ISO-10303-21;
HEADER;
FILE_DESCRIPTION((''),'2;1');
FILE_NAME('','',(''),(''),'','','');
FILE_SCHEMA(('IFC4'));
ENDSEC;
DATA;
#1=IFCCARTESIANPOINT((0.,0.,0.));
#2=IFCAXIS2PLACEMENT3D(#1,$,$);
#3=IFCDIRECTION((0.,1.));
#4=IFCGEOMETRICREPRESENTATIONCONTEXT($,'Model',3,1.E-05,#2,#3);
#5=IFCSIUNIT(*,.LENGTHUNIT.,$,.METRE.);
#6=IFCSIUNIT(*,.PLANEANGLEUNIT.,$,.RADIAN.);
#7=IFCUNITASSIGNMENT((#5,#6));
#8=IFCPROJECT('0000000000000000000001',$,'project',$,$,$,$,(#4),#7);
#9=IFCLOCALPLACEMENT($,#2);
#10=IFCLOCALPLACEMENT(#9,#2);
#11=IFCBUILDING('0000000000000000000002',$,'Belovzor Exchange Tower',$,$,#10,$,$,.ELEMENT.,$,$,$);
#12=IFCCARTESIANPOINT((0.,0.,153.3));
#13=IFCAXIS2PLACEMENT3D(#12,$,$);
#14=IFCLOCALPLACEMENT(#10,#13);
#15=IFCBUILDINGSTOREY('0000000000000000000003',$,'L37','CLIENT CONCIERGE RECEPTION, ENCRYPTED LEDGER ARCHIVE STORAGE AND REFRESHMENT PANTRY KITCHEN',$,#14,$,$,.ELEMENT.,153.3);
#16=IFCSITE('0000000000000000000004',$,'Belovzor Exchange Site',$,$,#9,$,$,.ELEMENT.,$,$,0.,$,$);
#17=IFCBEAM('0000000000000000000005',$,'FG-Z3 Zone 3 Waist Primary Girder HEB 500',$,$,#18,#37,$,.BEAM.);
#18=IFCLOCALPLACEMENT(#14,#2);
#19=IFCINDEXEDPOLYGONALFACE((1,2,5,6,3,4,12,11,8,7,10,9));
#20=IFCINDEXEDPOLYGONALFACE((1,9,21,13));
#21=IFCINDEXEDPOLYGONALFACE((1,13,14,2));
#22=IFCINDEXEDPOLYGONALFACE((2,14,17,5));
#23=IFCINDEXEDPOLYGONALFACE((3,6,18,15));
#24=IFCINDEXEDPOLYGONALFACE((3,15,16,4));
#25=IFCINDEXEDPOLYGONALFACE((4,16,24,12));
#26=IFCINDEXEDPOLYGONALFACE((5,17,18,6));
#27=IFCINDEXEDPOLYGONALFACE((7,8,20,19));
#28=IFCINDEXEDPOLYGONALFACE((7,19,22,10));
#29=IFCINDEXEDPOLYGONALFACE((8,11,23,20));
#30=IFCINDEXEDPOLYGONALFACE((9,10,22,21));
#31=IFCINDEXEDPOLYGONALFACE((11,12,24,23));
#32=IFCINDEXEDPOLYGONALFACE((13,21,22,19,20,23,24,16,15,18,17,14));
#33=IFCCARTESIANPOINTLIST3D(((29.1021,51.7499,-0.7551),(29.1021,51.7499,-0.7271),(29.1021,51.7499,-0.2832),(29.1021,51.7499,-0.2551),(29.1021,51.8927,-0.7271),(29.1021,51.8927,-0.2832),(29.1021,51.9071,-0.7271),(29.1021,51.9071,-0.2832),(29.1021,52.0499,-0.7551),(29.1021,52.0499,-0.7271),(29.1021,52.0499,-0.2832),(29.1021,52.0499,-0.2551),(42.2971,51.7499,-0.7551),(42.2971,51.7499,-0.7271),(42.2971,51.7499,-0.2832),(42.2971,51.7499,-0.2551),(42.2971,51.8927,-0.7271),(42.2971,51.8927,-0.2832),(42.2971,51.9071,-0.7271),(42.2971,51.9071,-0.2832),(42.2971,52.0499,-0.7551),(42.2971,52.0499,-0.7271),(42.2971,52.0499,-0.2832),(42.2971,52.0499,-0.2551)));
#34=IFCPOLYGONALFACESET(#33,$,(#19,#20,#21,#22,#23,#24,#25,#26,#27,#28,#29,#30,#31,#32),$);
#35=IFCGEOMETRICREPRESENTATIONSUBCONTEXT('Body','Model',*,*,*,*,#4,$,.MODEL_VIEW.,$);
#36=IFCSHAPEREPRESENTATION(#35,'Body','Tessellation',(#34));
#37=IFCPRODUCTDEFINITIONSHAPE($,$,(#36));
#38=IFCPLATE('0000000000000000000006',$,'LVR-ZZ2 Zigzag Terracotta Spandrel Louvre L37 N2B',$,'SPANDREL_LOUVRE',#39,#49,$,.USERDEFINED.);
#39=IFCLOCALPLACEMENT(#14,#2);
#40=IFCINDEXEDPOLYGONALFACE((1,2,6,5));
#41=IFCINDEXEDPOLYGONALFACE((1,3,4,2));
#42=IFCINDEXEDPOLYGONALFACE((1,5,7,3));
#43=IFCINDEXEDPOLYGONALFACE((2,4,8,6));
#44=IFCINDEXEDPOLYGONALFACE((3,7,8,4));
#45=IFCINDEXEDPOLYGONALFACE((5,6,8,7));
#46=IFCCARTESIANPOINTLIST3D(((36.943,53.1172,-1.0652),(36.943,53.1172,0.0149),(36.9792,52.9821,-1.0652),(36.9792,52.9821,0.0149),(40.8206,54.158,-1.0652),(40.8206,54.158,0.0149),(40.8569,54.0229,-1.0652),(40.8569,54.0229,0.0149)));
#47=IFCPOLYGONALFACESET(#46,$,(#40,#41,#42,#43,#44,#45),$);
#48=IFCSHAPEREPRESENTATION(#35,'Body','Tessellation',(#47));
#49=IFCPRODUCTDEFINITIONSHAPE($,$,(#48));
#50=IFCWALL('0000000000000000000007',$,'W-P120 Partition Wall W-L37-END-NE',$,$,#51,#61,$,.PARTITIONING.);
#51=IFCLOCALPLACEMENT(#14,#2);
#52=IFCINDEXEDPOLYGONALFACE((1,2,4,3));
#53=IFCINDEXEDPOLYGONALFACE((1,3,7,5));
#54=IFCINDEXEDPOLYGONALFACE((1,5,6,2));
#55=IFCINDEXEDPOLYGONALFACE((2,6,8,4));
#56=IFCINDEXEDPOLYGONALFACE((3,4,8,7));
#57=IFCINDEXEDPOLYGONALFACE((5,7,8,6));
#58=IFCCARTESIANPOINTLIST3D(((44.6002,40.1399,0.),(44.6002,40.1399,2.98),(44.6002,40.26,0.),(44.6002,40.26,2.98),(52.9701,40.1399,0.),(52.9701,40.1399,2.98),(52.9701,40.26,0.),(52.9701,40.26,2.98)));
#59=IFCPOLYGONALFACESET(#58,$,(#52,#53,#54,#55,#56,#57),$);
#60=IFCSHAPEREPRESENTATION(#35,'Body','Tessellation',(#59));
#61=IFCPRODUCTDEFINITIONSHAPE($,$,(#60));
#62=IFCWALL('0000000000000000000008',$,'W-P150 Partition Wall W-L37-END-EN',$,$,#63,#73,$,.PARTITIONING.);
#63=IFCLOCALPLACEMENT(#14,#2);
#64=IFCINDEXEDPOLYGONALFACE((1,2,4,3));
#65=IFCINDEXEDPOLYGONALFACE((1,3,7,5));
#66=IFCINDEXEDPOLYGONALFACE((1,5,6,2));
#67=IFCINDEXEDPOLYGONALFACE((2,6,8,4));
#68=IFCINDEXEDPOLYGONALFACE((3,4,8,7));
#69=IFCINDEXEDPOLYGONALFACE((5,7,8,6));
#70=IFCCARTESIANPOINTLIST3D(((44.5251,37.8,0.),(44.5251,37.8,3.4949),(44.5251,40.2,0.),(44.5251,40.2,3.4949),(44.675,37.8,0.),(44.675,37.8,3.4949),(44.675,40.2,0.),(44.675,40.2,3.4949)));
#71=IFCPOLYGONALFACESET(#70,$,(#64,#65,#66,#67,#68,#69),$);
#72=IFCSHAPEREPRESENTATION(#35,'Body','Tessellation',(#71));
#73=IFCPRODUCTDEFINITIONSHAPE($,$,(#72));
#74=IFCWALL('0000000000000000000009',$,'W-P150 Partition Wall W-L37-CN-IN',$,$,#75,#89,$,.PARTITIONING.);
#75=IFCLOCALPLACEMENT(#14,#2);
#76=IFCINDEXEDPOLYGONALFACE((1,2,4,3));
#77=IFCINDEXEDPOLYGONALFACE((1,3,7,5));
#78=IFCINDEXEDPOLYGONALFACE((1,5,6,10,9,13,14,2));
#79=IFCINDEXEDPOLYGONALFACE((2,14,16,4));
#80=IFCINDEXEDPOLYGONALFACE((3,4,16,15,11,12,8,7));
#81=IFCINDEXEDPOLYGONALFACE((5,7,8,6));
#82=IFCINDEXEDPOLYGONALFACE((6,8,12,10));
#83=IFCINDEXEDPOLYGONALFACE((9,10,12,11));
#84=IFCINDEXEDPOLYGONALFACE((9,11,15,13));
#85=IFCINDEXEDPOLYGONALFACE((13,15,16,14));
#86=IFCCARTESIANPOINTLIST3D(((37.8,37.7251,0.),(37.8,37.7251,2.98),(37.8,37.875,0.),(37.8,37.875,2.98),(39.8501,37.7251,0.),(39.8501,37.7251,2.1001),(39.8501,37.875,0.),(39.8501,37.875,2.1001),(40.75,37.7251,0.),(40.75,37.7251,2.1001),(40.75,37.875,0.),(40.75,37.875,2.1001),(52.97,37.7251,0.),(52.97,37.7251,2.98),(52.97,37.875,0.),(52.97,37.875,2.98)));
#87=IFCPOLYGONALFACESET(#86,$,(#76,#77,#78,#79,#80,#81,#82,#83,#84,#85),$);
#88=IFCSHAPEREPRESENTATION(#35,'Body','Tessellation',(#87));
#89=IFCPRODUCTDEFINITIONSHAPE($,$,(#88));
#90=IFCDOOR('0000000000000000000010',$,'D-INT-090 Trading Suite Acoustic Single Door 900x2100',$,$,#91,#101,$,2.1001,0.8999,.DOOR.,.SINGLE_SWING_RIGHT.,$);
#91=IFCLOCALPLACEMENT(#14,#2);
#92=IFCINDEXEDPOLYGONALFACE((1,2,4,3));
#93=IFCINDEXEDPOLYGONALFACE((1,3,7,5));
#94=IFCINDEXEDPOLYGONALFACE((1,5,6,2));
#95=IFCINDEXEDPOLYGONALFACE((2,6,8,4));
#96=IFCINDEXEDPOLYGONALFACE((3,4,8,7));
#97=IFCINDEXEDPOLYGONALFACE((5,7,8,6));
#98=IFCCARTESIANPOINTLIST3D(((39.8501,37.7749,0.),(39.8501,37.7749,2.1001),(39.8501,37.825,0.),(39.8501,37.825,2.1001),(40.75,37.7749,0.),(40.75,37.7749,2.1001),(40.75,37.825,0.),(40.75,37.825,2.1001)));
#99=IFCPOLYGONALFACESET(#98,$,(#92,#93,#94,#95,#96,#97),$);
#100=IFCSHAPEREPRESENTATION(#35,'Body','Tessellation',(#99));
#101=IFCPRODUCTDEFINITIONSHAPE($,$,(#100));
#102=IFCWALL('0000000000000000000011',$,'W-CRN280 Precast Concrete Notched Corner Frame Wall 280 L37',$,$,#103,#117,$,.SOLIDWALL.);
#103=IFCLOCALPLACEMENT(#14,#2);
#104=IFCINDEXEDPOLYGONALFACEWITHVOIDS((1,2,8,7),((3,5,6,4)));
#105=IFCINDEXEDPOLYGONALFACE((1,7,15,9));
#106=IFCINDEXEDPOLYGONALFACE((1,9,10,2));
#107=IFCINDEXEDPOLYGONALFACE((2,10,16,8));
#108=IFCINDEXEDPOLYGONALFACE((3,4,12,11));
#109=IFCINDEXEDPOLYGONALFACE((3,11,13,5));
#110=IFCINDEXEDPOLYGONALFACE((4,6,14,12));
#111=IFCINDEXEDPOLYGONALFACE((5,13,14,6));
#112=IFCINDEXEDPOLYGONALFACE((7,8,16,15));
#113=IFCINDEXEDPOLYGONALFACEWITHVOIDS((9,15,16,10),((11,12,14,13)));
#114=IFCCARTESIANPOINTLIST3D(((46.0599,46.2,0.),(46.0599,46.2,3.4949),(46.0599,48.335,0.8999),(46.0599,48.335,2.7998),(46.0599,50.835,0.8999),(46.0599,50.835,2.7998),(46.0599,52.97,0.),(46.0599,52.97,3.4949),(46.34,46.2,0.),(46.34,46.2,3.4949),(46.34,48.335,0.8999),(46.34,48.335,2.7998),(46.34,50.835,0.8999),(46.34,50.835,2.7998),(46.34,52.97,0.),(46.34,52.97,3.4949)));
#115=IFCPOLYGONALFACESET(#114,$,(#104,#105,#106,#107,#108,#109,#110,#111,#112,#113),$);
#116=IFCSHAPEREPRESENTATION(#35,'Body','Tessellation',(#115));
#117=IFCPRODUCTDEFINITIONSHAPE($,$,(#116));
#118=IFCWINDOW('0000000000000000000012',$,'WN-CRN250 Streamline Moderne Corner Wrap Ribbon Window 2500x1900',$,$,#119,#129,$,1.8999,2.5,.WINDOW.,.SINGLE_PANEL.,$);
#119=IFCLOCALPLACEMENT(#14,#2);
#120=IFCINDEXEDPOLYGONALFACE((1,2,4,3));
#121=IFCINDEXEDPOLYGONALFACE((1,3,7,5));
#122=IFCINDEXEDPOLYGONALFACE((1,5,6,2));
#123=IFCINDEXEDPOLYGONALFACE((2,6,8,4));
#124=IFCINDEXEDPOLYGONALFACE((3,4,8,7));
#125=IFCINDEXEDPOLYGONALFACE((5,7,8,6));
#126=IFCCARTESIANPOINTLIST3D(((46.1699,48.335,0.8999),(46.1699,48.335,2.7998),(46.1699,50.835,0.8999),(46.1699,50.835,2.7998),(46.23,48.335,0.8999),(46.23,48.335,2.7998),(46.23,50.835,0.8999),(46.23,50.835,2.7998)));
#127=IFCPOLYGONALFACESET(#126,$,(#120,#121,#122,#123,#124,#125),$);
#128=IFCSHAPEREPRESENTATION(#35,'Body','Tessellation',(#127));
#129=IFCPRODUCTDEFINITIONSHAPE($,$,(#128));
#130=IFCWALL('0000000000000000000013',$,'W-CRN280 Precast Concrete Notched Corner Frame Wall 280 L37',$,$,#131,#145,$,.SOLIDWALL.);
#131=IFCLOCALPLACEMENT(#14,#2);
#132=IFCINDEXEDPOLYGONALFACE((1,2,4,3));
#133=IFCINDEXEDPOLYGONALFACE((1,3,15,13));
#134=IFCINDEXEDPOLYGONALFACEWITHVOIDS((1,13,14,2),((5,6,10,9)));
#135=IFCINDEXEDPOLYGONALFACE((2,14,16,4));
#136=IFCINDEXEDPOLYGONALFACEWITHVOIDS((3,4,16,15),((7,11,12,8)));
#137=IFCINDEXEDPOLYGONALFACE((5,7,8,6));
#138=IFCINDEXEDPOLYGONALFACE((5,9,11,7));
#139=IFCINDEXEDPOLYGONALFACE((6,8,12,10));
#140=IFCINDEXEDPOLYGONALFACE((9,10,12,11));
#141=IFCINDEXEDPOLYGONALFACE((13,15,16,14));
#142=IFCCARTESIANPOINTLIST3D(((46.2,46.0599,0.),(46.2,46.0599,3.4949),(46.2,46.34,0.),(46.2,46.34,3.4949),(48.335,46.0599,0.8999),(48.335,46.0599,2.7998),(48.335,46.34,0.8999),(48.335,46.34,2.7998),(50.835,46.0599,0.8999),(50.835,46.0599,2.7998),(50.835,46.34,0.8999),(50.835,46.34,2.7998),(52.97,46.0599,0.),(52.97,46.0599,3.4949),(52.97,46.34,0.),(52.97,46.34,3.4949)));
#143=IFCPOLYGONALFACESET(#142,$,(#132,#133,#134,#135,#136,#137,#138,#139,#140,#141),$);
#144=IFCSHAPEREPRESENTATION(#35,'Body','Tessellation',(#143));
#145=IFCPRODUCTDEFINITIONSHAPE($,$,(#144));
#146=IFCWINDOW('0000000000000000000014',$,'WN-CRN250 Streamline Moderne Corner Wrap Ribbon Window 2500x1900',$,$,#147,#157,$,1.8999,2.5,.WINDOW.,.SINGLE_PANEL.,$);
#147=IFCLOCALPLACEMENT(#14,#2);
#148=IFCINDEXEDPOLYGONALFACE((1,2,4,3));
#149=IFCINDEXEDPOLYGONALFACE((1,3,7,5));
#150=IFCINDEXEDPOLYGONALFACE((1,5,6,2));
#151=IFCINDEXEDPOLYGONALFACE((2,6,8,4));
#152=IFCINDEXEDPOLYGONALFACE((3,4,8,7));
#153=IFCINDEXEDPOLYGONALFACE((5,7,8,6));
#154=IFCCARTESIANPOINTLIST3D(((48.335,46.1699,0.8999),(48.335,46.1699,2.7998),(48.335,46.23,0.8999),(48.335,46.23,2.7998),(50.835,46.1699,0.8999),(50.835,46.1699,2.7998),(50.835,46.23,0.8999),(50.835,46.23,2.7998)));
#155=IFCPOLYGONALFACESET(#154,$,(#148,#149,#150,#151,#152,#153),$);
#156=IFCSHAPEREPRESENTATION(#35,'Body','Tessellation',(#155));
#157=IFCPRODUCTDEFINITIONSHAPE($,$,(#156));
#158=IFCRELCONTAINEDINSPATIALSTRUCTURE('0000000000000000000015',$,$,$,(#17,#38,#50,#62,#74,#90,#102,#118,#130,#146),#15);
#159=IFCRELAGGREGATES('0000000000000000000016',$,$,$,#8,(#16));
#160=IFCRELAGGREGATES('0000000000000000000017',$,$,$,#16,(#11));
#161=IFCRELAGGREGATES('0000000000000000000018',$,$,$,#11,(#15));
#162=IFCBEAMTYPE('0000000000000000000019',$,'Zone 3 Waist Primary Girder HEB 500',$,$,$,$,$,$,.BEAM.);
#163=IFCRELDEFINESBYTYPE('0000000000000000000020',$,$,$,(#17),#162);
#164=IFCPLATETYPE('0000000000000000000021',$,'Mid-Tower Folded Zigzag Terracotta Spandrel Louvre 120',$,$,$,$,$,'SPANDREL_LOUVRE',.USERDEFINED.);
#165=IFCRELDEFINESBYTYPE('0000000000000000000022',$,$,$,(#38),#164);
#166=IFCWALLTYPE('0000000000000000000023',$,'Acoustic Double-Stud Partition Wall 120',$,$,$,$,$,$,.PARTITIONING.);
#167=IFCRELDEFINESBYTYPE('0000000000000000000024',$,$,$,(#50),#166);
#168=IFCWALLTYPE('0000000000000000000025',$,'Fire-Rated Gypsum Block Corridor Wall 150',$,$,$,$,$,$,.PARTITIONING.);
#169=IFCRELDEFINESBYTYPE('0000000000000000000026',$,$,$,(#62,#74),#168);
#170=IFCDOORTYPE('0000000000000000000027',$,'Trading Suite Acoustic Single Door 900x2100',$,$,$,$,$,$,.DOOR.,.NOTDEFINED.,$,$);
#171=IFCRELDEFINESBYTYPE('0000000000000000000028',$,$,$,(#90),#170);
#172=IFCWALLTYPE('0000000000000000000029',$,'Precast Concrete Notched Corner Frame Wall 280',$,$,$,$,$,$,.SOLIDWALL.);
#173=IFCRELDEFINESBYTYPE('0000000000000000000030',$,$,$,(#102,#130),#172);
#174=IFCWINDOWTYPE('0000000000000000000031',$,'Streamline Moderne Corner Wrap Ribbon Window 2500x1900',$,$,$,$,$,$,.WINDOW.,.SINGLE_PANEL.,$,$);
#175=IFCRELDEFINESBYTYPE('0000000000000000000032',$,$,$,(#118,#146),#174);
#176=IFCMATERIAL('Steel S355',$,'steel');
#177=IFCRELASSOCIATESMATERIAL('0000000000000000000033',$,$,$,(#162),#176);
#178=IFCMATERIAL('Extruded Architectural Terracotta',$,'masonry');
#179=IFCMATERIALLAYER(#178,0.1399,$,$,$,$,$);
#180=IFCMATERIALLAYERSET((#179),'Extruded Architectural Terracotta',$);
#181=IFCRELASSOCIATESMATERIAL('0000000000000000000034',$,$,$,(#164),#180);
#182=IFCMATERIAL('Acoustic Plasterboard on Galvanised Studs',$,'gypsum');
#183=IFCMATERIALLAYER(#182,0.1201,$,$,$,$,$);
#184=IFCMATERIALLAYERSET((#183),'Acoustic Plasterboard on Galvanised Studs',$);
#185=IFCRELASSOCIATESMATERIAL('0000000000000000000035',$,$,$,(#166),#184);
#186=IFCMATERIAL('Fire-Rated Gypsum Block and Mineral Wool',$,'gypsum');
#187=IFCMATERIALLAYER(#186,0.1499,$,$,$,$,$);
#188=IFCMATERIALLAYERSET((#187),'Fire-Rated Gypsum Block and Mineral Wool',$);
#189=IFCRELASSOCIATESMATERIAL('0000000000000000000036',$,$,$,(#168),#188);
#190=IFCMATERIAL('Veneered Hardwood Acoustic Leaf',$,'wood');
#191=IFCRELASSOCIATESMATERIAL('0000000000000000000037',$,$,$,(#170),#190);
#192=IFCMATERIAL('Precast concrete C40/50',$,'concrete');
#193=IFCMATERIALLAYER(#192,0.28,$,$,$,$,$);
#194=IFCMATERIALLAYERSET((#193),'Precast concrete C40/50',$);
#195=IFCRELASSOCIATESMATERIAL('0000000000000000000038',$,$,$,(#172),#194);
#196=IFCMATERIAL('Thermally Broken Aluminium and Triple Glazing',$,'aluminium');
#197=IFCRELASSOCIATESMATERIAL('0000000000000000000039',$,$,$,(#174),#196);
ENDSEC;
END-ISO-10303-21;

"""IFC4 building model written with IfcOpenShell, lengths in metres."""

from ifc_helpers import new_model, si_unit, direction, frame, frame_2d, origin, origin_2d, place, context, subcontext, project, spatial, rectangle, i_section, extrude, material, layer, layer_set, material_profile, profile_set, type_object, element, fill, save


model = new_model("IFC4")

# Units and contexts
model_context = context("Model", 3, precision=1e-05, world=origin(), true_north=direction((0.0, 1.0)))
body_context = subcontext(model_context, "Body", "Model", "MODEL_VIEW")
ifc_project = project(units=[si_unit("LENGTHUNIT", "METRE"), si_unit("PLANEANGLEUNIT", "RADIAN")], contexts=[model_context])

# Site, building, storey
site_placement = place(None, origin())
site = spatial("IfcSite", under=ifc_project, at=site_placement, Name="Belovzor Exchange Site", CompositionType="ELEMENT", RefElevation=0.0)
building_placement = place(site_placement, origin())
building = spatial("IfcBuilding", under=site, at=building_placement, Name="Belovzor Exchange Tower", CompositionType="ELEMENT")
storey_placement = place(building_placement, frame((0.0, 0.0, 153.3)))
storey = spatial("IfcBuildingStorey", under=building, at=storey_placement, Name="L37", Description="CLIENT CONCIERGE RECEPTION, ENCRYPTED LEDGER ARCHIVE STORAGE AND REFRESHMENT PANTRY KITCHEN", CompositionType="ELEMENT", Elevation=153.3)

# Beam
ifc_material_1 = material(Name="Steel S355", Category="steel")
ifc_material_profile_1 = material_profile(ifc_material_1, i_section(OverallWidth=0.3, OverallDepth=0.5, WebThickness=0.0144, FlangeThickness=0.0281, at=origin_2d()))
ifc_profile_set_1 = profile_set([ifc_material_profile_1], Name="Steel S355")
beam_type_1 = type_object("IfcBeamType", Name="Zone 3 Waist Primary Girder HEB 500", PredefinedType="BEAM", material=ifc_profile_set_1)
beam_1_placement = place(storey_placement, frame((42.2971, 51.8999, -0.5051), z_axis=(-1.0, 0.0, 0.0), x_axis=(0.0, -1.0, 0.0)))
element("IfcBeam", 1, at=beam_1_placement, inside=storey, type_object=beam_type_1, Name="FG-Z3 Zone 3 Waist Primary Girder HEB 500", PredefinedType="BEAM", context=body_context, shape_type="SweptSolid", body=[
    extrude(i_section(OverallWidth=0.3, OverallDepth=0.5, WebThickness=0.0144, FlangeThickness=0.0281, at=origin_2d()), origin(), (0.0, 0.0, 1.0), 13.1951),
])

# Plate
ifc_material_2 = material(Name="Extruded Architectural Terracotta", Category="masonry")
ifc_layer_1 = layer(ifc_material_2, 0.1399)
ifc_layer_set_1 = layer_set([ifc_layer_1], Name="Extruded Architectural Terracotta")
plate_type = type_object("IfcPlateType", Name="Mid-Tower Folded Zigzag Terracotta Spandrel Louvre 120", ElementType="SPANDREL_LOUVRE", PredefinedType="USERDEFINED", material=ifc_layer_set_1)
plate_placement = place(storey_placement, frame((38.8999, 53.5701, -1.0652), z_axis=(0.0, 0.0, 1.0), x_axis=(0.965813, 0.25924, 0.0)))
element("IfcPlate", 2, at=plate_placement, inside=storey, type_object=plate_type, Name="LVR-ZZ2 Zigzag Terracotta Spandrel Louvre L37 N2B", ObjectType="SPANDREL_LOUVRE", PredefinedType="USERDEFINED", context=body_context, shape_type="SweptSolid", body=[
    extrude(rectangle(XDim=4.0149, YDim=0.1399, at=origin_2d()), origin(), (0.0, 0.0, 1.0), 1.0801),
])

# Walls
ifc_material_3 = material(Name="Acoustic Plasterboard on Galvanised Studs", Category="gypsum")
ifc_layer_2 = layer(ifc_material_3, 0.1201)
ifc_layer_set_2 = layer_set([ifc_layer_2], Name="Acoustic Plasterboard on Galvanised Studs")
wall_type_1 = type_object("IfcWallType", Name="Acoustic Double-Stud Partition Wall 120", PredefinedType="PARTITIONING", material=ifc_layer_set_2)
wall_1_placement = place(storey_placement, frame((44.6001, 40.2, 0.0), z_axis=(0.0, 0.0, 1.0), x_axis=(1.0, 0.0, 0.0)))
element("IfcWall", 3, at=wall_1_placement, inside=storey, type_object=wall_type_1, Name="W-P120 Partition Wall W-L37-END-NE", PredefinedType="PARTITIONING", context=body_context, shape_type="SweptSolid", body=[
    extrude(rectangle(XDim=8.3699, YDim=0.1201, at=frame_2d((4.1851, 0.0))), origin(), (0.0, 0.0, 1.0), 2.98),
])
ifc_material_4 = material(Name="Fire-Rated Gypsum Block and Mineral Wool", Category="gypsum")
ifc_layer_3 = layer(ifc_material_4, 0.1499)
ifc_layer_set_3 = layer_set([ifc_layer_3], Name="Fire-Rated Gypsum Block and Mineral Wool")
wall_type_2 = type_object("IfcWallType", Name="Fire-Rated Gypsum Block Corridor Wall 150", PredefinedType="PARTITIONING", material=ifc_layer_set_3)
wall_2_placement = place(storey_placement, frame((44.6001, 37.8, 0.0), z_axis=(0.0, 0.0, 1.0), x_axis=(0.0, 1.0, 0.0)))
element("IfcWall", 4, at=wall_2_placement, inside=storey, type_object=wall_type_2, Name="W-P150 Partition Wall W-L37-END-EN", PredefinedType="PARTITIONING", context=body_context, shape_type="SweptSolid", body=[
    extrude(rectangle(XDim=2.3999, YDim=0.1499, at=frame_2d((1.2, 0.0))), origin(), (0.0, 0.0, 1.0), 3.4949),
])

# Wall, opening, door
wall_3_placement = place(storey_placement, frame((37.8, 37.8, 0.0), z_axis=(0.0, 0.0, 1.0), x_axis=(1.0, 0.0, 0.0)))
wall_3 = element("IfcWall", 5, at=wall_3_placement, inside=storey, type_object=wall_type_2, Name="W-P150 Partition Wall W-L37-CN-IN", PredefinedType="PARTITIONING", context=body_context, shape_type="SweptSolid", body=[
    extrude(rectangle(XDim=15.1699, YDim=0.1499, at=frame_2d((7.585, 0.0))), origin(), (0.0, 0.0, 1.0), 2.98),
])
opening_1_placement = place(wall_3_placement, frame((2.05, 0.0, 0.0)))
opening_1 = element("IfcOpeningElement", 6, at=opening_1_placement, cuts=wall_3, PredefinedType="OPENING", context=body_context, shape_type="SweptSolid", body=[
    extrude(rectangle(XDim=0.8999, YDim=2.1001, at=frame_2d((0.45, 1.05))), frame((0.0, 0.085, 0.0), z_axis=(0.0, -1.0, 0.0), x_axis=(1.0, 0.0, 0.0)), (0.0, 0.0, 1.0), 0.1699),
])
ifc_material_5 = material(Name="Veneered Hardwood Acoustic Leaf", Category="wood")
door_type_1 = type_object("IfcDoorType", Name="Trading Suite Acoustic Single Door 900x2100", OperationType="NOTDEFINED", PredefinedType="DOOR", material=ifc_material_5)
door_1_placement = place(opening_1_placement, origin())
door_1 = element("IfcDoor", 7, at=door_1_placement, inside=storey, type_object=door_type_1, Name="D-INT-090 Trading Suite Acoustic Single Door 900x2100", OperationType="SINGLE_SWING_RIGHT", OverallHeight=2.1001, OverallWidth=0.8999, PredefinedType="DOOR", context=body_context, shape_type="SweptSolid", body=[
    extrude(rectangle(XDim=0.8999, YDim=2.1001, at=frame_2d((0.45, 1.05))), frame((0.0, 0.0249, 0.0), z_axis=(0.0, -1.0, 0.0), x_axis=(1.0, 0.0, 0.0)), (0.0, 0.0, 1.0), 0.05),
])
fill(opening_1, door_1)

# Walls, openings, windows
ifc_material_6 = material(Name="Precast concrete C40/50", Category="concrete")
ifc_layer_4 = layer(ifc_material_6, 0.28)
ifc_layer_set_4 = layer_set([ifc_layer_4], Name="Precast concrete C40/50")
wall_type_3 = type_object("IfcWallType", Name="Precast Concrete Notched Corner Frame Wall 280", PredefinedType="SOLIDWALL", material=ifc_layer_set_4)
wall_4_placement = place(storey_placement, frame((46.2, 52.97, 0.0), z_axis=(0.0, 0.0, 1.0), x_axis=(0.0, -1.0, 0.0)))
wall_4 = element("IfcWall", 8, at=wall_4_placement, inside=storey, type_object=wall_type_3, Name="W-CRN280 Precast Concrete Notched Corner Frame Wall 280 L37", PredefinedType="SOLIDWALL", context=body_context, shape_type="SweptSolid", body=[
    extrude(rectangle(XDim=6.77, YDim=0.28, at=frame_2d((3.385, 0.0))), origin(), (0.0, 0.0, 1.0), 3.4949),
])
opening_2_placement = place(wall_4_placement, frame((2.135, 0.0, 0.8999)))
opening_2 = element("IfcOpeningElement", 9, at=opening_2_placement, cuts=wall_4, PredefinedType="OPENING", context=body_context, shape_type="SweptSolid", body=[
    extrude(rectangle(XDim=2.5, YDim=1.8999, at=frame_2d((1.25, 0.95))), frame((0.0, 0.1499, 0.0), z_axis=(0.0, -1.0, 0.0), x_axis=(1.0, 0.0, 0.0)), (0.0, 0.0, 1.0), 0.3),
])
ifc_material_7 = material(Name="Thermally Broken Aluminium and Triple Glazing", Category="aluminium")
window_type = type_object("IfcWindowType", Name="Streamline Moderne Corner Wrap Ribbon Window 2500x1900", PartitioningType="SINGLE_PANEL", PredefinedType="WINDOW", material=ifc_material_7)
window_1_placement = place(opening_2_placement, origin())
window_1 = element("IfcWindow", 10, at=window_1_placement, inside=storey, type_object=window_type, Name="WN-CRN250 Streamline Moderne Corner Wrap Ribbon Window 2500x1900", OverallHeight=1.8999, OverallWidth=2.5, PartitioningType="SINGLE_PANEL", PredefinedType="WINDOW", context=body_context, shape_type="SweptSolid", body=[
    extrude(rectangle(XDim=2.5, YDim=1.8999, at=frame_2d((1.25, 0.95))), frame((0.0, 0.03, 0.0), z_axis=(0.0, -1.0, 0.0), x_axis=(1.0, 0.0, 0.0)), (0.0, 0.0, 1.0), 0.0601),
])
fill(opening_2, window_1)
wall_5_placement = place(storey_placement, frame((46.2, 46.2, 0.0), z_axis=(0.0, 0.0, 1.0), x_axis=(1.0, 0.0, 0.0)))
wall_5 = element("IfcWall", 11, at=wall_5_placement, inside=storey, type_object=wall_type_3, Name="W-CRN280 Precast Concrete Notched Corner Frame Wall 280 L37", PredefinedType="SOLIDWALL", context=body_context, shape_type="SweptSolid", body=[
    extrude(rectangle(XDim=6.77, YDim=0.28, at=frame_2d((3.385, 0.0))), origin(), (0.0, 0.0, 1.0), 3.4949),
])
opening_3_placement = place(wall_5_placement, frame((2.135, 0.0, 0.8999)))
opening_3 = element("IfcOpeningElement", 12, at=opening_3_placement, cuts=wall_5, PredefinedType="OPENING", context=body_context, shape_type="SweptSolid", body=[
    extrude(rectangle(XDim=2.5, YDim=1.8999, at=frame_2d((1.25, 0.95))), frame((0.0, 0.1499, 0.0), z_axis=(0.0, -1.0, 0.0), x_axis=(1.0, 0.0, 0.0)), (0.0, 0.0, 1.0), 0.3),
])
window_2_placement = place(opening_3_placement, origin())
window_2 = element("IfcWindow", 13, at=window_2_placement, inside=storey, type_object=window_type, Name="WN-CRN250 Streamline Moderne Corner Wrap Ribbon Window 2500x1900", OverallHeight=1.8999, OverallWidth=2.5, PartitioningType="SINGLE_PANEL", PredefinedType="WINDOW", context=body_context, shape_type="SweptSolid", body=[
    extrude(rectangle(XDim=2.5, YDim=1.8999, at=frame_2d((1.25, 0.95))), frame((0.0, 0.03, 0.0), z_axis=(0.0, -1.0, 0.0), x_axis=(1.0, 0.0, 0.0)), (0.0, 0.0, 1.0), 0.0601),
])
fill(opening_3, window_2)

save(model, "model.ifc")
